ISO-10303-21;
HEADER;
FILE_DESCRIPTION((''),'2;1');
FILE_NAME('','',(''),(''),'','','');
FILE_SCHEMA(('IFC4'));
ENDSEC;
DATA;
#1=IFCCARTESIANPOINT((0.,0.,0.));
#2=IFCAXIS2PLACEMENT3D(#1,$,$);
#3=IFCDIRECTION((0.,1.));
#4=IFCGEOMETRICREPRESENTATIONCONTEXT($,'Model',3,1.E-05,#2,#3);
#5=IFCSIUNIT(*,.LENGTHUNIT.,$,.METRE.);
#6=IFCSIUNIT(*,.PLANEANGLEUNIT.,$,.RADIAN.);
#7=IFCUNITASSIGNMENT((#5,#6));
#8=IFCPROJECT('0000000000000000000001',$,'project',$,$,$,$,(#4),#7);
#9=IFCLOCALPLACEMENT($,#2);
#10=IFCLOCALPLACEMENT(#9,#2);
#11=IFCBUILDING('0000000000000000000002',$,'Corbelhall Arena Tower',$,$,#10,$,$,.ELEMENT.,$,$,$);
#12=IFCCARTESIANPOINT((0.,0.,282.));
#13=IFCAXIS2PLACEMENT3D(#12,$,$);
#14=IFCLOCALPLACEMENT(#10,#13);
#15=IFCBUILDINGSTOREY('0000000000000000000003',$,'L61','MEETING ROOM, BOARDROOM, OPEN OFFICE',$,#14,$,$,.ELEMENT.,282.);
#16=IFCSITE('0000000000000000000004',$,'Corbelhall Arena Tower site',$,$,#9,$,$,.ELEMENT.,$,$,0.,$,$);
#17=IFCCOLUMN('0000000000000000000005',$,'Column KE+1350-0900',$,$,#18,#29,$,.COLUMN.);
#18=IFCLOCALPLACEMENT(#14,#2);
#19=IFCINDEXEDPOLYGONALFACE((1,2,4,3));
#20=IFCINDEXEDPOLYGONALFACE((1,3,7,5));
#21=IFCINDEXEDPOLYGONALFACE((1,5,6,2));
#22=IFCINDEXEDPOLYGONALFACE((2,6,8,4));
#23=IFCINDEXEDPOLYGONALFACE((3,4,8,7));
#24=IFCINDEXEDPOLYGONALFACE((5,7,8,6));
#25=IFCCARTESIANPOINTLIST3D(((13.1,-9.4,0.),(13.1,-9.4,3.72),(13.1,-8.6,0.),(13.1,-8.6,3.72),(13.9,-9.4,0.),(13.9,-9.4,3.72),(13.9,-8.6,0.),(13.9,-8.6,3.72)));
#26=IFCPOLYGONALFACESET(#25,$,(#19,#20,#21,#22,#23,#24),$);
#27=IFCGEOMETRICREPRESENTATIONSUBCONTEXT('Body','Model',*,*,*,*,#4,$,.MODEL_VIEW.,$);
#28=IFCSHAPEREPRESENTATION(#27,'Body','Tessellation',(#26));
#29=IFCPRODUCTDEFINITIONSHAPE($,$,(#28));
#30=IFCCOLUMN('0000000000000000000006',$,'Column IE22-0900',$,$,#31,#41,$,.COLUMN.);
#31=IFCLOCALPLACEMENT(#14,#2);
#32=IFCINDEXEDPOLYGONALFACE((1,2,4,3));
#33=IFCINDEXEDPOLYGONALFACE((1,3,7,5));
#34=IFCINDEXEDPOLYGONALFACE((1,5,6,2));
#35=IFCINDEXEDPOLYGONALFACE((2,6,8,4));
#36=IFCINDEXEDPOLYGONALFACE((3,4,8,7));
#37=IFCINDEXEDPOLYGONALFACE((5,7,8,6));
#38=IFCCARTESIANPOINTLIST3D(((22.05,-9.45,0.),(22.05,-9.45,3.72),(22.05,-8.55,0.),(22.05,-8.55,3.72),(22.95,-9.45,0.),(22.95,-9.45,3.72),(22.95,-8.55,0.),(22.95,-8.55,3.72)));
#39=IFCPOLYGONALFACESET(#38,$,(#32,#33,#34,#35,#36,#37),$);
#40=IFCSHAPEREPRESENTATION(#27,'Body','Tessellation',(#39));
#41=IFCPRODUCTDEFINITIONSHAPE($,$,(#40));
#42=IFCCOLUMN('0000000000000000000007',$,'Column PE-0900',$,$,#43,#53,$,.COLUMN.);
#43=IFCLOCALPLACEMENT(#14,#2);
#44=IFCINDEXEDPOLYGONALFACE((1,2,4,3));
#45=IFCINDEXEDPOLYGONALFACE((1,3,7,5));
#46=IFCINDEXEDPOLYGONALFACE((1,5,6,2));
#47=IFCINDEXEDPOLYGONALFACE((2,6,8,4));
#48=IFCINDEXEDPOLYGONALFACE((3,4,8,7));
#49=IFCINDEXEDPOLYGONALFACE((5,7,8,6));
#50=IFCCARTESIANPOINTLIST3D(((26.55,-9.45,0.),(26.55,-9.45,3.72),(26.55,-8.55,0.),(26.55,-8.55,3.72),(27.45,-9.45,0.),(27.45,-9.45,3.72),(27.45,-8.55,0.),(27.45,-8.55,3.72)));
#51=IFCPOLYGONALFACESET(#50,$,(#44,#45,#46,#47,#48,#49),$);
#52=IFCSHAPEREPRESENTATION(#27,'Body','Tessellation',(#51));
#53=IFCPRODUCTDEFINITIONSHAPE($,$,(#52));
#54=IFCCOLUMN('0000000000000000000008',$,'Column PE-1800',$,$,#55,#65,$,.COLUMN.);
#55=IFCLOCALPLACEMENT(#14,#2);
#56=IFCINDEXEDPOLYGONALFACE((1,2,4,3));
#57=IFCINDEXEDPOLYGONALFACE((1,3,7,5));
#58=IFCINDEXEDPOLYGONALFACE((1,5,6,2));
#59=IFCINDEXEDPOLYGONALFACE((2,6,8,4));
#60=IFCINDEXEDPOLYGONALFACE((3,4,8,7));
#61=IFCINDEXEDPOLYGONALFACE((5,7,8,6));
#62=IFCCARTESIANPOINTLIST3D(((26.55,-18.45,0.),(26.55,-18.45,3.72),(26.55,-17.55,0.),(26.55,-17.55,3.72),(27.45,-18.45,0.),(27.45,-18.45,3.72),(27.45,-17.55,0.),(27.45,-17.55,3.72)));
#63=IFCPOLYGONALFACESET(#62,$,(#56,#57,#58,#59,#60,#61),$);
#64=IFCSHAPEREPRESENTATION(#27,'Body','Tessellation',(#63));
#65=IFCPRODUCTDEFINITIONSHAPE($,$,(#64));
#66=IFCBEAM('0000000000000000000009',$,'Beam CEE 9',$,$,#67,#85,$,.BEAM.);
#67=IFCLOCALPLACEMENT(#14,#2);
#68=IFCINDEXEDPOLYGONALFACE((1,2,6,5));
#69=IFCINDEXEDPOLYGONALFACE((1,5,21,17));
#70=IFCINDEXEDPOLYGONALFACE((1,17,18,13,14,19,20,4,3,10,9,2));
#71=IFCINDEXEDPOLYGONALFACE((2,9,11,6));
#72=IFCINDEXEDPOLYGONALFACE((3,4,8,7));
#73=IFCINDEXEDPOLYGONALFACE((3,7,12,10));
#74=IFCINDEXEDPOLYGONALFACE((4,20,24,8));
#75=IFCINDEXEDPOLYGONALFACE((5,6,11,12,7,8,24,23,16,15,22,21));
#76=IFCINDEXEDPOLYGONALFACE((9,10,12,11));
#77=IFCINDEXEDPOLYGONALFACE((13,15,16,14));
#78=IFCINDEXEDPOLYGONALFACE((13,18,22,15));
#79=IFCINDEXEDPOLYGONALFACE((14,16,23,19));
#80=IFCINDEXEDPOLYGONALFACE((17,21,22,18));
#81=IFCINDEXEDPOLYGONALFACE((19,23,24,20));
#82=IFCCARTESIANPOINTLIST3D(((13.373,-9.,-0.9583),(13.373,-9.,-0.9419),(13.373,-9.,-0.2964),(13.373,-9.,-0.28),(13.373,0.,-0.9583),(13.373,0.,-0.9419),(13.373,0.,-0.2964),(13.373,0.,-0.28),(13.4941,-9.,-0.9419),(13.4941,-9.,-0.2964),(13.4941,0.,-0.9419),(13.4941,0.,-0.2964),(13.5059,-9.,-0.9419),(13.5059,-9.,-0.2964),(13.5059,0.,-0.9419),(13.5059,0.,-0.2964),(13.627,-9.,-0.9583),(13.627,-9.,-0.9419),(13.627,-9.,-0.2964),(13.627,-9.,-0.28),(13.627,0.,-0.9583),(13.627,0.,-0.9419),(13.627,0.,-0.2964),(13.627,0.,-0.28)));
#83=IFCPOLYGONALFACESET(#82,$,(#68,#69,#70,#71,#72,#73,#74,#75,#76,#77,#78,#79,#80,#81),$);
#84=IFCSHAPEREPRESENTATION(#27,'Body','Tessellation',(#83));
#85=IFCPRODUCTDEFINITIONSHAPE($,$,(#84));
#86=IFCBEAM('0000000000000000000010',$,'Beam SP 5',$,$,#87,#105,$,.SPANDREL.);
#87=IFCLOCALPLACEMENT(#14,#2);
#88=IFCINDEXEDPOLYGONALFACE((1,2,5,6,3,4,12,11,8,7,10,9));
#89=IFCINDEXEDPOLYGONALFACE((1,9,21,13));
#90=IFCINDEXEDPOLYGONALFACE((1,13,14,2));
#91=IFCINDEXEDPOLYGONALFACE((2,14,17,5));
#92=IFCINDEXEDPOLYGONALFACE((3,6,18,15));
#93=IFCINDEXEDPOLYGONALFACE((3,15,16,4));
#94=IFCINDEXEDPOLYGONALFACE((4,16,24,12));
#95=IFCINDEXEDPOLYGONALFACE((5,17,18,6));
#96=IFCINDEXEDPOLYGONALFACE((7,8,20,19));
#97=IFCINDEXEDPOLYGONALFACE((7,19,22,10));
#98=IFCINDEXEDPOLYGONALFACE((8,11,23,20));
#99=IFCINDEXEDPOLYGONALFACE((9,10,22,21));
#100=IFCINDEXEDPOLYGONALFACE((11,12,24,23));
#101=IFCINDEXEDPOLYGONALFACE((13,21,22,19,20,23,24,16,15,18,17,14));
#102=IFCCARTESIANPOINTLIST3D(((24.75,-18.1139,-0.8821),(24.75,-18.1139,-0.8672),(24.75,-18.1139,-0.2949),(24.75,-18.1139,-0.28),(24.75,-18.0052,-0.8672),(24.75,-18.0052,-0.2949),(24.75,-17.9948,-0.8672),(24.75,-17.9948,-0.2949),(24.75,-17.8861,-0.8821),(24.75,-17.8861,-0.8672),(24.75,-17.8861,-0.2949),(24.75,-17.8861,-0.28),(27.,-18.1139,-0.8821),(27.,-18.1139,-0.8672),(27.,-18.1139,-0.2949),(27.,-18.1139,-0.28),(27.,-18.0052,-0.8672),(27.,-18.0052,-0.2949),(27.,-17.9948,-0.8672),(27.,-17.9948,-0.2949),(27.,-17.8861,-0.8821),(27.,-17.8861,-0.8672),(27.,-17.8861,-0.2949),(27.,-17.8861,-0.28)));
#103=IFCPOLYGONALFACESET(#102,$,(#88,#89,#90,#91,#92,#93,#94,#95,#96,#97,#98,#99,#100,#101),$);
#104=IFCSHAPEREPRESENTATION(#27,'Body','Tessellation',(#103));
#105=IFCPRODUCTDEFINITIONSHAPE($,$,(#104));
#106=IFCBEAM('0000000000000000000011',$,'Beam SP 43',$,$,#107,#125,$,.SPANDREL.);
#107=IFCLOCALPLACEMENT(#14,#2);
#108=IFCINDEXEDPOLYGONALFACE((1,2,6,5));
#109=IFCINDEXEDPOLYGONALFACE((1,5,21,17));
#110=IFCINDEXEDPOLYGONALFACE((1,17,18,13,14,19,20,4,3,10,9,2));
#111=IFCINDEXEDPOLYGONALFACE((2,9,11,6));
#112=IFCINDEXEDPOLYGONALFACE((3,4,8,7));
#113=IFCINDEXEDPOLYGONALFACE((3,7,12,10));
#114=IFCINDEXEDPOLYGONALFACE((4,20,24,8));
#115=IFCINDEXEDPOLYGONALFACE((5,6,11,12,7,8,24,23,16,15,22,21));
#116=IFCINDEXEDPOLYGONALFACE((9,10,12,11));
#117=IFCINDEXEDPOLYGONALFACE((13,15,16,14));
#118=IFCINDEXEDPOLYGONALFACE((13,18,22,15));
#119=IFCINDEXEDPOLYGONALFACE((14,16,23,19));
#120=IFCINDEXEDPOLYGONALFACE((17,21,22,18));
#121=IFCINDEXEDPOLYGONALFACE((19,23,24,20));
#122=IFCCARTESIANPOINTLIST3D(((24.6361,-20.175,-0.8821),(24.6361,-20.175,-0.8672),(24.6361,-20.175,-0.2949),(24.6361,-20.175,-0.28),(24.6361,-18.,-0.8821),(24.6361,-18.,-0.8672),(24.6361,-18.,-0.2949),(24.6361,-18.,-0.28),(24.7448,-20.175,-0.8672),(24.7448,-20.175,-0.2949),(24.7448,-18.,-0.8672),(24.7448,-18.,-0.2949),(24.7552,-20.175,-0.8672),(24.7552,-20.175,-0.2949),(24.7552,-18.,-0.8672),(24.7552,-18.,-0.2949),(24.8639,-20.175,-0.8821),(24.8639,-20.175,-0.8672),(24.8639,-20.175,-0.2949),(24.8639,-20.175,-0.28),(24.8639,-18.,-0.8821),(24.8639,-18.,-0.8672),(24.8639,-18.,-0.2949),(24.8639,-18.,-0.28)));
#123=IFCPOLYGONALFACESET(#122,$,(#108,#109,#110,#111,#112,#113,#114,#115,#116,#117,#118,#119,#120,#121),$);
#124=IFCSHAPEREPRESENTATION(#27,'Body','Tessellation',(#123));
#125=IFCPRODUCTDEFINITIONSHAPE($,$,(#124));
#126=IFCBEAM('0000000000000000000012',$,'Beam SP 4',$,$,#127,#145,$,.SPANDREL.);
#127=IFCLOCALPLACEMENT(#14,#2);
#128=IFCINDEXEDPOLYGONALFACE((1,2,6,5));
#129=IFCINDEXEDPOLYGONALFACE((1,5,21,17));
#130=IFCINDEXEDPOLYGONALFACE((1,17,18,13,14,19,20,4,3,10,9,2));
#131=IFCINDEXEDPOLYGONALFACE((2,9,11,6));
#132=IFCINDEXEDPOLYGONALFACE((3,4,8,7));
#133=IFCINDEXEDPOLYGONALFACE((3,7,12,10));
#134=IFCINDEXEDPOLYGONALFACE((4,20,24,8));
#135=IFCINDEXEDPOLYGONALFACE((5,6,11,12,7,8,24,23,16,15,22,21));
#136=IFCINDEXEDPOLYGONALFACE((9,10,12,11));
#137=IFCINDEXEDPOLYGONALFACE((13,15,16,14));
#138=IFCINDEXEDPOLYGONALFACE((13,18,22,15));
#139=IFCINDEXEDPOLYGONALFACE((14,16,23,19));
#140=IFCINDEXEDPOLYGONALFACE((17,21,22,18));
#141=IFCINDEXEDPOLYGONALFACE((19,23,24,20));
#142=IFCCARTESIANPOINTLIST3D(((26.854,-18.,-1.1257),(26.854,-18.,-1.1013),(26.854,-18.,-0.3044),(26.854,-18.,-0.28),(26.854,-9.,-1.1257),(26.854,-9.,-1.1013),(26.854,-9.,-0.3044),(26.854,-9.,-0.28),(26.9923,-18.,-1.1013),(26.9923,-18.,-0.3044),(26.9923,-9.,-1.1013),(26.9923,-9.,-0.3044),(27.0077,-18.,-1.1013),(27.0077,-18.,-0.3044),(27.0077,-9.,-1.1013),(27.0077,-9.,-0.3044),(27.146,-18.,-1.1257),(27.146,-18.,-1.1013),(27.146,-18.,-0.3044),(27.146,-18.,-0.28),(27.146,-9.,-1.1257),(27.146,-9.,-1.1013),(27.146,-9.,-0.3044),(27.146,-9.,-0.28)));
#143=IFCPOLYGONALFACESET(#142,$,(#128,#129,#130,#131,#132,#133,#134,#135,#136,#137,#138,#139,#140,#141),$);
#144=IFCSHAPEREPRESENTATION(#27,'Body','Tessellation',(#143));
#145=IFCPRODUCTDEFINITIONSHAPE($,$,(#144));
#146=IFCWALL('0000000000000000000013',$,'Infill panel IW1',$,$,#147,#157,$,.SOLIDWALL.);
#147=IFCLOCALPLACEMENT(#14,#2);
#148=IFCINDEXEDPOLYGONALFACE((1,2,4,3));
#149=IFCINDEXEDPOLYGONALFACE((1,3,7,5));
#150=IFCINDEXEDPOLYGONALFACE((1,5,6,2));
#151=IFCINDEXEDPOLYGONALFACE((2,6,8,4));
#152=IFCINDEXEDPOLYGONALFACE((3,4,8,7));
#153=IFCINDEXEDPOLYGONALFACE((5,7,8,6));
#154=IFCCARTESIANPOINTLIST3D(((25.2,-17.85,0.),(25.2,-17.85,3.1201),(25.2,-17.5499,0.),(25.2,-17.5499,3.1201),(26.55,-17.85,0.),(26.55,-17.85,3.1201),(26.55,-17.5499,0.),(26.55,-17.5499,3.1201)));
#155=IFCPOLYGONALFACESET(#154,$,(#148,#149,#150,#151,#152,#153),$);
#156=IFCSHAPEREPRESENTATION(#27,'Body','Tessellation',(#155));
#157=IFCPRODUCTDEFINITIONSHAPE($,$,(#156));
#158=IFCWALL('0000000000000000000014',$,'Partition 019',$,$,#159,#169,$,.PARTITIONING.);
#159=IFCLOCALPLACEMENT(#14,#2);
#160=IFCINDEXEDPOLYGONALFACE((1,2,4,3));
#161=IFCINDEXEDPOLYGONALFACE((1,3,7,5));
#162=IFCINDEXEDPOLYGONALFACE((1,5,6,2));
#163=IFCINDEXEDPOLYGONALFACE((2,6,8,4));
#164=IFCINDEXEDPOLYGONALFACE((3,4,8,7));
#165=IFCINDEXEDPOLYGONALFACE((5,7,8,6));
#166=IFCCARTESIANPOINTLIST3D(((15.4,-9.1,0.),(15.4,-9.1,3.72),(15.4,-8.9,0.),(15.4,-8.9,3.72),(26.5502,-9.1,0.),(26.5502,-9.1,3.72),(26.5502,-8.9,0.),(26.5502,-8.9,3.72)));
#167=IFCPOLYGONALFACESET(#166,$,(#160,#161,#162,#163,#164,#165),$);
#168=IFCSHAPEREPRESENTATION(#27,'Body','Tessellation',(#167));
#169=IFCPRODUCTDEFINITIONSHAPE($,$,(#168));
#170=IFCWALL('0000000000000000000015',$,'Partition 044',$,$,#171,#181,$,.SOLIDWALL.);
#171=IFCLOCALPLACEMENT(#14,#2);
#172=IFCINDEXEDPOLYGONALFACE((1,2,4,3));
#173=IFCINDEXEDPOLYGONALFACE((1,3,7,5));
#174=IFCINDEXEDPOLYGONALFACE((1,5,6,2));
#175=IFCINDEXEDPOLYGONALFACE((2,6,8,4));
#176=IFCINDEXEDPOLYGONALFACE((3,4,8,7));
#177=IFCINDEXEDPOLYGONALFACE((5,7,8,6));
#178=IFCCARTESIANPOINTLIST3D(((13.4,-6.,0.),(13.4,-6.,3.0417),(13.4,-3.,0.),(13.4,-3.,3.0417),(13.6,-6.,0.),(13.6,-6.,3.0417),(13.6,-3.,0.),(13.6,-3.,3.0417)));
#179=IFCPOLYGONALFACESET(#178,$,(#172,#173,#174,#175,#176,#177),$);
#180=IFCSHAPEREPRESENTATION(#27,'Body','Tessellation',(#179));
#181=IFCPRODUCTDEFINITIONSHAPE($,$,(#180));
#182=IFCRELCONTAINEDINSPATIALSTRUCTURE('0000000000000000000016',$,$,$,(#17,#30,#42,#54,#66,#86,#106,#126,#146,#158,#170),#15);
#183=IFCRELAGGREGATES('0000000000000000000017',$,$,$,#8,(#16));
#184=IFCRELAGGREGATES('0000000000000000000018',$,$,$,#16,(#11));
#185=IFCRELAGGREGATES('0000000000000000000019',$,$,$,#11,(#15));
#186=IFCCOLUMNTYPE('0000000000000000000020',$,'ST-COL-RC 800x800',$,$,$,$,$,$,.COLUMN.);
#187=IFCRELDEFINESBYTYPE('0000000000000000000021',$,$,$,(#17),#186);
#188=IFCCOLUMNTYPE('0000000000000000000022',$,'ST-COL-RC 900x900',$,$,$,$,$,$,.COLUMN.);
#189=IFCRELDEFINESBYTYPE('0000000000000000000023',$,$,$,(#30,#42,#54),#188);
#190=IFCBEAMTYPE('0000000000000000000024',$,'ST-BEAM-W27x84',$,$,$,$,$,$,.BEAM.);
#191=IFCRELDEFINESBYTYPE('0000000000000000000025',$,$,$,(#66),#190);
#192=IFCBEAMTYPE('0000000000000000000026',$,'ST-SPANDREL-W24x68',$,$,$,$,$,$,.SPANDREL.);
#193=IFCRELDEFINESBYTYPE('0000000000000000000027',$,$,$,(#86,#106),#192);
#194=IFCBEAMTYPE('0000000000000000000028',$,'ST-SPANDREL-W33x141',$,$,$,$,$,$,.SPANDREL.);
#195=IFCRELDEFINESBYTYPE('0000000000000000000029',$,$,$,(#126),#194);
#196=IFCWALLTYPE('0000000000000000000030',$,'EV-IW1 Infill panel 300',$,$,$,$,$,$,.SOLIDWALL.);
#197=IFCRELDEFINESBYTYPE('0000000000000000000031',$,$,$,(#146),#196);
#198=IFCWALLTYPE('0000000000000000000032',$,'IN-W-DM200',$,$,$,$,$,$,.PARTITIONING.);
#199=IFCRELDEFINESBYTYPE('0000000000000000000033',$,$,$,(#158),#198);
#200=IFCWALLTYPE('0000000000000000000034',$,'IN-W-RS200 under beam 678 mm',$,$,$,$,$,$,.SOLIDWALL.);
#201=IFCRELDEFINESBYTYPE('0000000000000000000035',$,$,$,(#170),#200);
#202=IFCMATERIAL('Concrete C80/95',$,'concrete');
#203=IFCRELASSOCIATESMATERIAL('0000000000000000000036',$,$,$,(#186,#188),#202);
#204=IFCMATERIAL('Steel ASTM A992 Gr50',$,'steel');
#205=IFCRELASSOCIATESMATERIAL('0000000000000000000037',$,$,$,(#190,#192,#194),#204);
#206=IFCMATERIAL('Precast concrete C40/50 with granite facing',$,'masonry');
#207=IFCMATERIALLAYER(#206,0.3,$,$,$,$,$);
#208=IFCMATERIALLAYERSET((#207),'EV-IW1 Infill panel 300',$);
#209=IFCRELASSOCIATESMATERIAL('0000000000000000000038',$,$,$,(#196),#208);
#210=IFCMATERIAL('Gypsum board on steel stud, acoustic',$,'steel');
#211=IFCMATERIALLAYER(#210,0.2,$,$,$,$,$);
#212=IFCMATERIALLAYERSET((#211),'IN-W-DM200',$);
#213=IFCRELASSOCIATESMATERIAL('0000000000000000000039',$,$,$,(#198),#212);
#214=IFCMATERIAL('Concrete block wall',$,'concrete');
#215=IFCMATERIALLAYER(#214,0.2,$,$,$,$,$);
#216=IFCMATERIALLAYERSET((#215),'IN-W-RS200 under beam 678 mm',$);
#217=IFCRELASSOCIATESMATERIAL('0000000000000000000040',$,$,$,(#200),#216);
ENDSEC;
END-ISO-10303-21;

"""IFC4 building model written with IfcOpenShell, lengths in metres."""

from ifc_helpers import new_model, si_unit, direction, frame, frame_2d, origin, origin_2d, place, context, subcontext, project, spatial, rectangle, i_section, extrude, material, layer, layer_set, material_profile, profile_set, type_object, element, save


model = new_model("IFC4")

# Units and contexts
model_context = context("Model", 3, precision=1e-05, world=origin(), true_north=direction((0.0, 1.0)))
body_context = subcontext(model_context, "Body", "Model", "MODEL_VIEW")
ifc_project = project(units=[si_unit("LENGTHUNIT", "METRE"), si_unit("PLANEANGLEUNIT", "RADIAN")], contexts=[model_context])

# Site, building, storey
site_placement = place(None, origin())
site = spatial("IfcSite", under=ifc_project, at=site_placement, Name="Corbelhall Arena Tower site", CompositionType="ELEMENT", RefElevation=0.0)
building_placement = place(site_placement, origin())
building = spatial("IfcBuilding", under=site, at=building_placement, Name="Corbelhall Arena Tower", CompositionType="ELEMENT")
storey_placement = place(building_placement, frame((0.0, 0.0, 282.0)))
storey = spatial("IfcBuildingStorey", under=building, at=storey_placement, Name="L61", Description="MEETING ROOM, BOARDROOM, OPEN OFFICE", CompositionType="ELEMENT", Elevation=282.0)

# Columns
ifc_material_1 = material(Name="Concrete C80/95", Category="concrete")
ifc_material_profile_1 = material_profile(ifc_material_1, rectangle(XDim=0.8, YDim=0.8, at=origin_2d()))
ifc_profile_set_1 = profile_set([ifc_material_profile_1], Name="Concrete C80/95")
column_type_1 = type_object("IfcColumnType", Name="ST-COL-RC 800x800", PredefinedType="COLUMN", material=ifc_profile_set_1)
column_placement = place(storey_placement, frame((13.5, -9.0, 0.0), z_axis=(0.0, 0.0, 1.0), x_axis=(1.0, 0.0, 0.0)))
element("IfcColumn", 1, at=column_placement, inside=storey, type_object=column_type_1, Name="Column KE+1350-0900", PredefinedType="COLUMN", context=body_context, shape_type="SweptSolid", body=[
    extrude(rectangle(XDim=0.8, YDim=0.8, at=origin_2d()), origin(), (0.0, 0.0, 1.0), 3.72),
])
ifc_material_profile_2 = material_profile(ifc_material_1, rectangle(XDim=0.8999, YDim=0.8999, at=origin_2d()))
ifc_profile_set_2 = profile_set([ifc_material_profile_2], Name="Concrete C80/95")
column_type_2 = type_object("IfcColumnType", Name="ST-COL-RC 900x900", PredefinedType="COLUMN", material=ifc_profile_set_2)
for number, where, z_axis, x_axis, name in (
    (2, (22.5, -9.0, 0.0), (0.0, 0.0, 1.0), (1.0, 0.0, 0.0), "Column IE22-0900"),
    (3, (27.0, -9.0, 0.0), (0.0, 0.0, 1.0), (0.0, 1.0, 0.0), "Column PE-0900"),
    (4, (27.0, -18.0, 0.0), (0.0, 0.0, 1.0), (0.0, 1.0, 0.0), "Column PE-1800"),
):
    element("IfcColumn", number, at=place(storey_placement, frame(where, z_axis=z_axis, x_axis=x_axis)), inside=storey, type_object=column_type_2, Name=name, PredefinedType="COLUMN", context=body_context, shape_type="SweptSolid", body=[
        extrude(rectangle(XDim=0.8999, YDim=0.8999, at=origin_2d()), origin(), (0.0, 0.0, 1.0), 3.72),
    ])

# Beams
ifc_material_2 = material(Name="Steel ASTM A992 Gr50", Category="steel")
ifc_material_profile_3 = material_profile(ifc_material_2, i_section(OverallWidth=0.2539, OverallDepth=0.6782, WebThickness=0.0117, FlangeThickness=0.0164, at=origin_2d()))
ifc_profile_set_3 = profile_set([ifc_material_profile_3], Name="Steel ASTM A992 Gr50")
beam_type_1 = type_object("IfcBeamType", Name="ST-BEAM-W27x84", PredefinedType="BEAM", material=ifc_profile_set_3)
beam_1_placement = place(storey_placement, frame((13.5, -9.0, -0.6191), z_axis=(0.0, 1.0, 0.0), x_axis=(-1.0, 0.0, 0.0)))
element("IfcBeam", 5, at=beam_1_placement, inside=storey, type_object=beam_type_1, Name="Beam CEE 9", PredefinedType="BEAM", context=body_context, shape_type="SweptSolid", body=[
    extrude(i_section(OverallWidth=0.2539, OverallDepth=0.6782, WebThickness=0.0117, FlangeThickness=0.0164, at=origin_2d()), origin(), (0.0, 0.0, 1.0), 9.0),
])
ifc_material_profile_4 = material_profile(ifc_material_2, i_section(OverallWidth=0.2278, OverallDepth=0.6021, WebThickness=0.0105, FlangeThickness=0.0149, at=origin_2d()))
ifc_profile_set_4 = profile_set([ifc_material_profile_4], Name="Steel ASTM A992 Gr50")
beam_type_2 = type_object("IfcBeamType", Name="ST-SPANDREL-W24x68", PredefinedType="SPANDREL", material=ifc_profile_set_4)
beam_2_placement = place(storey_placement, frame((27.0, -18.0, -0.5811), z_axis=(-1.0, 0.0, 0.0), x_axis=(0.0, -1.0, 0.0)))
element("IfcBeam", 6, at=beam_2_placement, inside=storey, type_object=beam_type_2, Name="Beam SP 5", PredefinedType="SPANDREL", context=body_context, shape_type="SweptSolid", body=[
    extrude(i_section(OverallWidth=0.2278, OverallDepth=0.6021, WebThickness=0.0105, FlangeThickness=0.0149, at=origin_2d()), origin(), (0.0, 0.0, 1.0), 2.25),
])
beam_3_placement = place(storey_placement, frame((24.75, -18.0, -0.5811), z_axis=(0.0, -1.0, 0.0), x_axis=(1.0, 0.0, 0.0)))
element("IfcBeam", 7, at=beam_3_placement, inside=storey, type_object=beam_type_2, Name="Beam SP 43", PredefinedType="SPANDREL", context=body_context, shape_type="SweptSolid", body=[
    extrude(i_section(OverallWidth=0.2278, OverallDepth=0.6021, WebThickness=0.0105, FlangeThickness=0.0149, at=origin_2d()), origin(), (0.0, 0.0, 1.0), 2.175),
])
ifc_material_profile_5 = material_profile(ifc_material_2, i_section(OverallWidth=0.292, OverallDepth=0.8457, WebThickness=0.0154, FlangeThickness=0.0244, at=origin_2d()))
ifc_profile_set_5 = profile_set([ifc_material_profile_5], Name="Steel ASTM A992 Gr50")
beam_type_3 = type_object("IfcBeamType", Name="ST-SPANDREL-W33x141", PredefinedType="SPANDREL", material=ifc_profile_set_5)
beam_4_placement = place(storey_placement, frame((27.0, -9.0, -0.7029), z_axis=(0.0, -1.0, 0.0), x_axis=(1.0, 0.0, 0.0)))
element("IfcBeam", 8, at=beam_4_placement, inside=storey, type_object=beam_type_3, Name="Beam SP 4", PredefinedType="SPANDREL", context=body_context, shape_type="SweptSolid", body=[
    extrude(i_section(OverallWidth=0.292, OverallDepth=0.8457, WebThickness=0.0154, FlangeThickness=0.0244, at=origin_2d()), origin(), (0.0, 0.0, 1.0), 9.0),
])

# Wall
ifc_material_3 = material(Name="Precast concrete C40/50 with granite facing", Category="masonry")
ifc_layer_1 = layer(ifc_material_3, 0.3)
ifc_layer_set_1 = layer_set([ifc_layer_1], Name="EV-IW1 Infill panel 300")
wall_type_1 = type_object("IfcWallType", Name="EV-IW1 Infill panel 300", PredefinedType="SOLIDWALL", material=ifc_layer_set_1)
wall_1_placement = place(storey_placement, frame((25.2, -17.7, 0.0), z_axis=(0.0, 0.0, 1.0), x_axis=(1.0, 0.0, 0.0)))
element("IfcWall", 9, at=wall_1_placement, inside=storey, type_object=wall_type_1, Name="Infill panel IW1", PredefinedType="SOLIDWALL", context=body_context, shape_type="SweptSolid", body=[
    extrude(rectangle(XDim=1.3501, YDim=0.3, at=frame_2d((0.675, 0.0))), origin(), (0.0, 0.0, 1.0), 3.1201),
])

# Wall
ifc_material_4 = material(Name="Gypsum board on steel stud, acoustic", Category="steel")
ifc_layer_2 = layer(ifc_material_4, 0.2)
ifc_layer_set_2 = layer_set([ifc_layer_2], Name="IN-W-DM200")
wall_type_2 = type_object("IfcWallType", Name="IN-W-DM200", PredefinedType="PARTITIONING", material=ifc_layer_set_2)
wall_2_placement = place(storey_placement, frame((15.3999, -9.0, 0.0), z_axis=(0.0, 0.0, 1.0), x_axis=(1.0, 0.0, 0.0)))
element("IfcWall", 10, at=wall_2_placement, inside=storey, type_object=wall_type_2, Name="Partition 019", PredefinedType="PARTITIONING", context=body_context, shape_type="SweptSolid", body=[
    extrude(rectangle(XDim=11.1501, YDim=0.2, at=frame_2d((5.5752, 0.0))), origin(), (0.0, 0.0, 1.0), 3.72),
])

# Wall
ifc_material_5 = material(Name="Concrete block wall", Category="concrete")
ifc_layer_3 = layer(ifc_material_5, 0.2)
ifc_layer_set_3 = layer_set([ifc_layer_3], Name="IN-W-RS200 under beam 678 mm")
wall_type_3 = type_object("IfcWallType", Name="IN-W-RS200 under beam 678 mm", PredefinedType="SOLIDWALL", material=ifc_layer_set_3)
wall_3_placement = place(storey_placement, frame((13.5, -3.0, 0.0), z_axis=(0.0, 0.0, 1.0), x_axis=(0.0, -1.0, 0.0)))
element("IfcWall", 11, at=wall_3_placement, inside=storey, type_object=wall_type_3, Name="Partition 044", PredefinedType="SOLIDWALL", context=body_context, shape_type="SweptSolid", body=[
    extrude(rectangle(XDim=3.0, YDim=0.2, at=frame_2d((1.5, 0.0))), origin(), (0.0, 0.0, 1.0), 3.0417),
])

save(model, "model.ifc")
